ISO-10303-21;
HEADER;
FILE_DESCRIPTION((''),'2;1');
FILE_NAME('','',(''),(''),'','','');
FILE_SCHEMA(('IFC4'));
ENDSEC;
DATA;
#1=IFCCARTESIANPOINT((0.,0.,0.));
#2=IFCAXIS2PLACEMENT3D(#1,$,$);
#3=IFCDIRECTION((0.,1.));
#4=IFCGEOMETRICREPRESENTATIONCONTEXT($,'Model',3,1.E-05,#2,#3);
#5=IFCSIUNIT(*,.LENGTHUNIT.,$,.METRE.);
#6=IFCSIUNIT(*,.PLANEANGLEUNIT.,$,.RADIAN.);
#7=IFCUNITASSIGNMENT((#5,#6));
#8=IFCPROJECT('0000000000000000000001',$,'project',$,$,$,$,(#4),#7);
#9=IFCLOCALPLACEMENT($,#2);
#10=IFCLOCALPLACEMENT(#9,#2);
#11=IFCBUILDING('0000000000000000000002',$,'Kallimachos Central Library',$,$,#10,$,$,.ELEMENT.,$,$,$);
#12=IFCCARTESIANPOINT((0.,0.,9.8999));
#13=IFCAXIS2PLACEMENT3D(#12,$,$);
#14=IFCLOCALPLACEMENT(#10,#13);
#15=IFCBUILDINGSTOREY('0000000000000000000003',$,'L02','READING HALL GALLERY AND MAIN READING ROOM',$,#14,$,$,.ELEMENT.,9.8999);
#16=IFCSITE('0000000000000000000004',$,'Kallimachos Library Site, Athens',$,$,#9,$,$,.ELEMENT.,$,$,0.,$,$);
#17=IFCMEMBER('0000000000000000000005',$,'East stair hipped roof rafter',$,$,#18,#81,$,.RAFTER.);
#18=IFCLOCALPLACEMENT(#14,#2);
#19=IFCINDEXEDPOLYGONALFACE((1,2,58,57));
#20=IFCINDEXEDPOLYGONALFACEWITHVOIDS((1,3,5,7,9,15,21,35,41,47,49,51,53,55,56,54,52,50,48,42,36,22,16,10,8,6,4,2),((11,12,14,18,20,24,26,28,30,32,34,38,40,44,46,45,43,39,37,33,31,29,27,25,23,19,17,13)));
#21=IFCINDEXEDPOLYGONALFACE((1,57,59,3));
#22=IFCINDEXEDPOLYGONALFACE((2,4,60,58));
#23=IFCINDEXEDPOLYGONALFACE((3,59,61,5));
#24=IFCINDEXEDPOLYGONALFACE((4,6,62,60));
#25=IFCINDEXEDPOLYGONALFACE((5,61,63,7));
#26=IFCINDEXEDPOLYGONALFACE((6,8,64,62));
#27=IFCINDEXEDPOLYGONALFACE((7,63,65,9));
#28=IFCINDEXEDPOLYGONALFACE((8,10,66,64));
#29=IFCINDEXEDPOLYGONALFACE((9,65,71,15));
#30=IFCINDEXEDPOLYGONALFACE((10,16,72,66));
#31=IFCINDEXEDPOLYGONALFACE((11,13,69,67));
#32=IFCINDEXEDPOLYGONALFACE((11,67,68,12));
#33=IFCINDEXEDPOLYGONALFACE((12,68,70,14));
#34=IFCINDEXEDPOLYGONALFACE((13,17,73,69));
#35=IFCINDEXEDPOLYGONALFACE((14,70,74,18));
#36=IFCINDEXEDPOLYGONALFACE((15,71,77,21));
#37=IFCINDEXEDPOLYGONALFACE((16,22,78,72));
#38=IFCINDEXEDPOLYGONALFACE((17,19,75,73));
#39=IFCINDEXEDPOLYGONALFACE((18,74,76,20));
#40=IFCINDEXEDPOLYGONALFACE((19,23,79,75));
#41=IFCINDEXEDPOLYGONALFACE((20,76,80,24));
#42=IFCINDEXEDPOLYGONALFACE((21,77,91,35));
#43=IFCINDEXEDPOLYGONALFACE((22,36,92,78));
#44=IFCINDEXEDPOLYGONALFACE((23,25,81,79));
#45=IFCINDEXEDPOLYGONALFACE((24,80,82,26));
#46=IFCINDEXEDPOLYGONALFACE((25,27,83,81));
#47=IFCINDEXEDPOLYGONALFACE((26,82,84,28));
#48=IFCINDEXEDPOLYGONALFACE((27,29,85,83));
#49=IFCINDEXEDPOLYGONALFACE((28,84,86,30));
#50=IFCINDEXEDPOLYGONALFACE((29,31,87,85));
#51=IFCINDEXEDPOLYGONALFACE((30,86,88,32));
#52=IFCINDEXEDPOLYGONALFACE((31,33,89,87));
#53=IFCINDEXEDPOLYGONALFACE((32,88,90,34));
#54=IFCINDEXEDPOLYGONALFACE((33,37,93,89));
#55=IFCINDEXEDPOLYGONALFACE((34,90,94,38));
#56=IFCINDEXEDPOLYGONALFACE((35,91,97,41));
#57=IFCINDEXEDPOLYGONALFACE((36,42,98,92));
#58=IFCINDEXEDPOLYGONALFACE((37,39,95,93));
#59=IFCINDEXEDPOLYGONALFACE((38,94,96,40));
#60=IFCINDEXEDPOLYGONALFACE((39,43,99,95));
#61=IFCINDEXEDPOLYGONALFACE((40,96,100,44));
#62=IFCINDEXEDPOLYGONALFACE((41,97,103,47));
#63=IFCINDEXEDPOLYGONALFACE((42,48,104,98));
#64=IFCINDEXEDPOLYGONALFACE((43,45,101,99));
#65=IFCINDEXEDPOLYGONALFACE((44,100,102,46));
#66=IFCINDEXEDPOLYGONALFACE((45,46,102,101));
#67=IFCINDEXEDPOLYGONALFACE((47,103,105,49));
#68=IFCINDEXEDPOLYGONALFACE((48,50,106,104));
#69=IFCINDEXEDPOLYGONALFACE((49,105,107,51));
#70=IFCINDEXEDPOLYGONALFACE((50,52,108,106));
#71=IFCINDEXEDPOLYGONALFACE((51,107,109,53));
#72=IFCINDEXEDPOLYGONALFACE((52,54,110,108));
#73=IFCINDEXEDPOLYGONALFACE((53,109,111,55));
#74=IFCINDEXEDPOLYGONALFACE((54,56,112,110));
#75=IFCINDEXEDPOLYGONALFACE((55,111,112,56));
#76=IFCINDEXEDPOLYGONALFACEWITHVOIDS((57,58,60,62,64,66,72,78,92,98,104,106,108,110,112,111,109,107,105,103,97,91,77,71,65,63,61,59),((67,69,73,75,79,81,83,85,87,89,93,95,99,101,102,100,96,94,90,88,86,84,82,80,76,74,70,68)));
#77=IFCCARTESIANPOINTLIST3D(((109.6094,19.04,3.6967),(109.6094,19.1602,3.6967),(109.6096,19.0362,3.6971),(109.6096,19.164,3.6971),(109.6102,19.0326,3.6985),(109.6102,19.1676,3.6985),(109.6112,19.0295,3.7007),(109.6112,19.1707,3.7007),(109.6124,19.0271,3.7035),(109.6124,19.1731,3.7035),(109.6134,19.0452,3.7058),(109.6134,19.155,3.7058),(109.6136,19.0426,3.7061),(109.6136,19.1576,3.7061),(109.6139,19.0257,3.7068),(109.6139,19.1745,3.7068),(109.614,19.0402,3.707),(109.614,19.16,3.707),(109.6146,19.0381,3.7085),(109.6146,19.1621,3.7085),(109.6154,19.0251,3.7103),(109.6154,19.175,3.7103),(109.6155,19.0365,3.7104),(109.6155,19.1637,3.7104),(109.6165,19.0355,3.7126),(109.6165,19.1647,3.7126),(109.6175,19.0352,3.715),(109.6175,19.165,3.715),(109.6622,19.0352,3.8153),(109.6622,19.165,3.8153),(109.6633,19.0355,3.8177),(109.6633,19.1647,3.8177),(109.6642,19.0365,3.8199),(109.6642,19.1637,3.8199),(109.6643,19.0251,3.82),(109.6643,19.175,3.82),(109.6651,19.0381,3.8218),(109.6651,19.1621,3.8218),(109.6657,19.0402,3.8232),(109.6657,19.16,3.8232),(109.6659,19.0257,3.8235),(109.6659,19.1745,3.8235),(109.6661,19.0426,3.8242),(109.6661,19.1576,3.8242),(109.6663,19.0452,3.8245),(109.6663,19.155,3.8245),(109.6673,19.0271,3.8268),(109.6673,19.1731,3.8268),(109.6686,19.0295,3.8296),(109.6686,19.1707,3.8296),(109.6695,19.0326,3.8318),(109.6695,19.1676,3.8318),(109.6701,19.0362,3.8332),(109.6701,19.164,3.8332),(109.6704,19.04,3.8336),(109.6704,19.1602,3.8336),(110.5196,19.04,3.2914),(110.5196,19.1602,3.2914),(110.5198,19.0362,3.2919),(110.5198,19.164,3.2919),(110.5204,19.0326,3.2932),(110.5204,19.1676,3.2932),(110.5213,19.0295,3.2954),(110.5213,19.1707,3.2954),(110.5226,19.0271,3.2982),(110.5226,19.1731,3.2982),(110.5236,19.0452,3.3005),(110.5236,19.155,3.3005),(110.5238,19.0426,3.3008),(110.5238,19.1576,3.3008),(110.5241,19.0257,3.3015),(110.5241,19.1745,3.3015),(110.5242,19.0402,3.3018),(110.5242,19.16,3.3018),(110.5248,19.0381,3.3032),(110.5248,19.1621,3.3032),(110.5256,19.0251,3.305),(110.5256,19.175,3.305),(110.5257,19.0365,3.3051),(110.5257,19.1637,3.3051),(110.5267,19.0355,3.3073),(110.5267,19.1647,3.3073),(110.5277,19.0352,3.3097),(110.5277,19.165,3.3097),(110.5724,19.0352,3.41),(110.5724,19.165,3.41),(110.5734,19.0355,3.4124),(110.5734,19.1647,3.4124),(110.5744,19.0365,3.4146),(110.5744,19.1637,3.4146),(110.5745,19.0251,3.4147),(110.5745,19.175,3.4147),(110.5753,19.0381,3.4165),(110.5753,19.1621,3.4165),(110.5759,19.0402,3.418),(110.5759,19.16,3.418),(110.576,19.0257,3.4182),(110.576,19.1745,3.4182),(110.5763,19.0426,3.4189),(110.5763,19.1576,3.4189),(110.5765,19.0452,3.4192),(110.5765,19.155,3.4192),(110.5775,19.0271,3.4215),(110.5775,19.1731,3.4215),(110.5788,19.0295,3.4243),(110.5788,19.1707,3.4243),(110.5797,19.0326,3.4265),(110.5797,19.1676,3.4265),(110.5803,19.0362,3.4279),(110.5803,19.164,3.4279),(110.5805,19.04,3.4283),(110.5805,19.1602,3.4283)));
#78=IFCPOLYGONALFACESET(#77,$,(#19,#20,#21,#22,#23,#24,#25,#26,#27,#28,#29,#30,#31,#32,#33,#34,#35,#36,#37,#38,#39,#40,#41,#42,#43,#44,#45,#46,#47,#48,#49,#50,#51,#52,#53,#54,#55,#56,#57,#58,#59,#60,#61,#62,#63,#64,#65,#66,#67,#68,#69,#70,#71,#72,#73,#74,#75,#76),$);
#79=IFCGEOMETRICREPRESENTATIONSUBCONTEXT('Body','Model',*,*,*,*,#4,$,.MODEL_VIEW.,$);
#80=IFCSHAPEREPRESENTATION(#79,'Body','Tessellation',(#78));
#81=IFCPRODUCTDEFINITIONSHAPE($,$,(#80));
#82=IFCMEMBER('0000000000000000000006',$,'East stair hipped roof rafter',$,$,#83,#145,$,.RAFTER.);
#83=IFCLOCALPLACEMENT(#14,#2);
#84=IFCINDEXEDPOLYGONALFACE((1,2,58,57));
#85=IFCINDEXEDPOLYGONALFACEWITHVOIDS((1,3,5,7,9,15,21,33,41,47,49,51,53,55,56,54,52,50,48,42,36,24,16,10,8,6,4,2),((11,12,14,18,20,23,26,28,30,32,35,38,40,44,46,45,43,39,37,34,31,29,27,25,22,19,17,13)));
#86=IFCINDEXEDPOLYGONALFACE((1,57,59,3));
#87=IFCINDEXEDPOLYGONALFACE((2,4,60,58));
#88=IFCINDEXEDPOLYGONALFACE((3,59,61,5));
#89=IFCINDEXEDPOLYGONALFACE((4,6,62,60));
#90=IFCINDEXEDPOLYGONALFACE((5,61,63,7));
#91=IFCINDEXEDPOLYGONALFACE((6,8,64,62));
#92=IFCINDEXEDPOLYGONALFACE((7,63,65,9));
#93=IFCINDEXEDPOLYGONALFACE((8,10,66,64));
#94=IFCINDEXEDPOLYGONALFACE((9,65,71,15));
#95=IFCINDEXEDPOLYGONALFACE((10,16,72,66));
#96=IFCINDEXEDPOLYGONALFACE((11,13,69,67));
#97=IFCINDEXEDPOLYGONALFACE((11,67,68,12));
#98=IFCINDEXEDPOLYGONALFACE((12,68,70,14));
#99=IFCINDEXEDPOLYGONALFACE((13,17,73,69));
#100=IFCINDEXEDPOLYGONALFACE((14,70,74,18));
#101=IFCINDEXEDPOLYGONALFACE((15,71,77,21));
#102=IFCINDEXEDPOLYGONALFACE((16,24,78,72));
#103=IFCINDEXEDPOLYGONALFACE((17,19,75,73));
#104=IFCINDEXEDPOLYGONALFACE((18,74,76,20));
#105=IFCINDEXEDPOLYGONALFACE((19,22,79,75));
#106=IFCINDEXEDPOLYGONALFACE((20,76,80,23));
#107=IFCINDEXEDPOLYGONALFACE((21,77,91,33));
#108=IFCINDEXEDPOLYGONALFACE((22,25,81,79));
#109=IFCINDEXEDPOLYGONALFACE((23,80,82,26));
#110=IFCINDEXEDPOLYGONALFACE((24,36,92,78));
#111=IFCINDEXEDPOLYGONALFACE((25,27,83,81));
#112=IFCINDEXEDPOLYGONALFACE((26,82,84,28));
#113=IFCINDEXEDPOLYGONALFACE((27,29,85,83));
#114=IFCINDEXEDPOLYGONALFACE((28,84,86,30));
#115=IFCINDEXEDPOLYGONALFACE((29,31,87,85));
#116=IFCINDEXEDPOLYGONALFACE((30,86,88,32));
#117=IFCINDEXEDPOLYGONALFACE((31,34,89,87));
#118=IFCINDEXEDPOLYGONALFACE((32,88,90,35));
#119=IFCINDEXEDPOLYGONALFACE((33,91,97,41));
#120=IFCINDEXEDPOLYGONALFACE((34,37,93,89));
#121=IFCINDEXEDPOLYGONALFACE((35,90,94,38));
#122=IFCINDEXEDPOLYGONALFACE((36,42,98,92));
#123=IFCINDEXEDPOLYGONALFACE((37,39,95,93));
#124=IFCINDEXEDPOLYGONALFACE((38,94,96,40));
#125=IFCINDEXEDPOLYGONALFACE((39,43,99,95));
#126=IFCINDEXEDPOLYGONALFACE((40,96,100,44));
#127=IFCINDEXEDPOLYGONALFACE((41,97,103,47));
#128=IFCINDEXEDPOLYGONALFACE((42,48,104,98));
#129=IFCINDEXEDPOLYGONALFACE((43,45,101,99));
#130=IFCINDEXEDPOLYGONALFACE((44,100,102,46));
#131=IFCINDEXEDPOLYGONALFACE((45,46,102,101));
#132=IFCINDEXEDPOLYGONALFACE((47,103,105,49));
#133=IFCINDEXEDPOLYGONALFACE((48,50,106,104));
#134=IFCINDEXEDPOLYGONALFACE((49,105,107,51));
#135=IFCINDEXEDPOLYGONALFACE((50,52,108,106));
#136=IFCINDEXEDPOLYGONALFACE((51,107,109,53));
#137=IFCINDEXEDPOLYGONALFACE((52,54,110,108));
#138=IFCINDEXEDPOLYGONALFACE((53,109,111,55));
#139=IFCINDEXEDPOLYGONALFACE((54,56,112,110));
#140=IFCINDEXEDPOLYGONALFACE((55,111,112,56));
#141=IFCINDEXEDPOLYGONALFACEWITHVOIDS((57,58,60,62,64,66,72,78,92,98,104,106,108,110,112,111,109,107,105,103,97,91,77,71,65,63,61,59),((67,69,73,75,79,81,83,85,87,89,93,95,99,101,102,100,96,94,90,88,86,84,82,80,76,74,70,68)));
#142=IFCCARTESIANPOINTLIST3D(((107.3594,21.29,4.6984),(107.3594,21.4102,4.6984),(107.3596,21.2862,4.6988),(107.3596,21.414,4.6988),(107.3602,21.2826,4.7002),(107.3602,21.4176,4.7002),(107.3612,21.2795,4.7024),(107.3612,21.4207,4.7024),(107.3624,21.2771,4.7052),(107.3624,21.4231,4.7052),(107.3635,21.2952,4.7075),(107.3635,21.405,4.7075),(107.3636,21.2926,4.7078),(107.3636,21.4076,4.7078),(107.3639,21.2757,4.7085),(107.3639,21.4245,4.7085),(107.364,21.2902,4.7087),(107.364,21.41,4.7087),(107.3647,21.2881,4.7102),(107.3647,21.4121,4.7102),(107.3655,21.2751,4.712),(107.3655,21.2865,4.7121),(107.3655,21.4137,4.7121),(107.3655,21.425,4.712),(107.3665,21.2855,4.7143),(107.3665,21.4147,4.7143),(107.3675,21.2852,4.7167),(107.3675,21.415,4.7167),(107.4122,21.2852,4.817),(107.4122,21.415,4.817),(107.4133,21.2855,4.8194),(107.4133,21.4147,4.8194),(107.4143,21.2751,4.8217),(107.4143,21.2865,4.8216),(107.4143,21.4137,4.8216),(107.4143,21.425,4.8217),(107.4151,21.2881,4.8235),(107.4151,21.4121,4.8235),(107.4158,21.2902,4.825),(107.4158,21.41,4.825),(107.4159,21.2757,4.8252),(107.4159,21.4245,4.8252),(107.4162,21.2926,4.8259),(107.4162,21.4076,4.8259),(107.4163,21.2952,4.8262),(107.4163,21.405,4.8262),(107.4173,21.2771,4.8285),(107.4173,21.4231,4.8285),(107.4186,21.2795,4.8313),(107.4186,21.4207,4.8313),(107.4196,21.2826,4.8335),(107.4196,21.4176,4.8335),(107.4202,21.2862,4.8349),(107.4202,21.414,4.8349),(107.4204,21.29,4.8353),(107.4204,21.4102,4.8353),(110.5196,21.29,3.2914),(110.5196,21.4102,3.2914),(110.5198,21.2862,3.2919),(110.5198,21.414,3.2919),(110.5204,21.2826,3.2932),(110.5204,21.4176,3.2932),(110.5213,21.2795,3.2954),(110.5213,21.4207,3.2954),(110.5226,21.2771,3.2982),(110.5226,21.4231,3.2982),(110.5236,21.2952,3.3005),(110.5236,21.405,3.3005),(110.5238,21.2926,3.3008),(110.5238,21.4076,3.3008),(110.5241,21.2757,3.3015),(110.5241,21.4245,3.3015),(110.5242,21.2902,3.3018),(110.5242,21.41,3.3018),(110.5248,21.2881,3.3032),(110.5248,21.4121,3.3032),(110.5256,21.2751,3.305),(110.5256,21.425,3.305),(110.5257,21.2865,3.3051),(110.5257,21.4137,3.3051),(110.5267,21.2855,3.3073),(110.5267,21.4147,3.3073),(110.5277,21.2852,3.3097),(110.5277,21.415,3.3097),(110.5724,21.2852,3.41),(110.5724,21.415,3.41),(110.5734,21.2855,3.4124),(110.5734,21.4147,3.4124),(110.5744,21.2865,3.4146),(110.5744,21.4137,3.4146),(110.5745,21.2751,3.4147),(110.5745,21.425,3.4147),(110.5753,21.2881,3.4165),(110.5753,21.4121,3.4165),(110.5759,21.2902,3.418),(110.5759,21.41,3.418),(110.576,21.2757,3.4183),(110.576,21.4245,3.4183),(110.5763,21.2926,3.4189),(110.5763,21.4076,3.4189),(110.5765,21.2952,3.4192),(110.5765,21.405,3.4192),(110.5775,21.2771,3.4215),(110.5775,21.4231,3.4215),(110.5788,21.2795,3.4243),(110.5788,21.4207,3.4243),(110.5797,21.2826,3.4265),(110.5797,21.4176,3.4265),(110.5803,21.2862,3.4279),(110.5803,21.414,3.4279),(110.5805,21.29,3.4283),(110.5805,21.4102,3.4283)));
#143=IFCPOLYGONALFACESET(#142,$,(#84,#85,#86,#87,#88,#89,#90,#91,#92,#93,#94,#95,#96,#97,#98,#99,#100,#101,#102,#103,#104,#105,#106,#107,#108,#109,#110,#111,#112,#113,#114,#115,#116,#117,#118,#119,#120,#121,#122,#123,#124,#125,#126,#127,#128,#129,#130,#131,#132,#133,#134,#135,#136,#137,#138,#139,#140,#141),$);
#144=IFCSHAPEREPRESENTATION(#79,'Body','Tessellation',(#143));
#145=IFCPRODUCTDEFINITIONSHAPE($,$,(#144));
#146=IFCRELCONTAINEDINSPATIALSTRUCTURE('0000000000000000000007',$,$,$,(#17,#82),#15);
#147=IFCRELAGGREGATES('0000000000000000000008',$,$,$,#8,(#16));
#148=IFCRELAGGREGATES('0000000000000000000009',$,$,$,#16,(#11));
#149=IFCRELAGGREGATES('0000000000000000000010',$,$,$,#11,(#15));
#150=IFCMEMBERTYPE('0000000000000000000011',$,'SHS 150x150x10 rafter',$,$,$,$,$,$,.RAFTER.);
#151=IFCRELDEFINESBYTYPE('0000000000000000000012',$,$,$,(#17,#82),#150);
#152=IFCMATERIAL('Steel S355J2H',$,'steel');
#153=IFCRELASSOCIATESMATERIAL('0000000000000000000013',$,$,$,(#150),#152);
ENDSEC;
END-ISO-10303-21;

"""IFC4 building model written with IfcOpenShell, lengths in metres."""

from ifc_helpers import new_model, si_unit, direction, frame, origin, origin_2d, place, context, subcontext, project, spatial, hollow_rectangle, extrude, material, material_profile, profile_set, type_object, element, save


model = new_model("IFC4")

# Units and contexts
model_context = context("Model", 3, precision=1e-05, world=origin(), true_north=direction((0.0, 1.0)))
body_context = subcontext(model_context, "Body", "Model", "MODEL_VIEW")
ifc_project = project(units=[si_unit("LENGTHUNIT", "METRE"), si_unit("PLANEANGLEUNIT", "RADIAN")], contexts=[model_context])

# Site, building, storey
site_placement = place(None, origin())
site = spatial("IfcSite", under=ifc_project, at=site_placement, Name="Kallimachos Library Site, Athens", CompositionType="ELEMENT", RefElevation=0.0)
building_placement = place(site_placement, origin())
building = spatial("IfcBuilding", under=site, at=building_placement, Name="Kallimachos Central Library", CompositionType="ELEMENT")
storey_placement = place(building_placement, frame((0.0, 0.0, 9.8999)))
storey = spatial("IfcBuildingStorey", under=building, at=storey_placement, Name="L02", Description="READING HALL GALLERY AND MAIN READING ROOM", CompositionType="ELEMENT", Elevation=9.8999)

# Members
ifc_material_1 = material(Name="Steel S355J2H", Category="steel")
ifc_material_profile_1 = material_profile(ifc_material_1, hollow_rectangle(XDim=0.1499, YDim=0.1499, WallThickness=0.01, InnerFilletRadius=0.01, OuterFilletRadius=0.0149, at=origin_2d()), Name="SHS 150x150x10")
ifc_profile_set_1 = profile_set([ifc_material_profile_1], Name="Steel S355J2H")
member_type_1 = type_object("IfcMemberType", Name="SHS 150x150x10 rafter", PredefinedType="RAFTER", material=ifc_profile_set_1)
member_1_placement = place(storey_placement, frame((110.55, 19.1001, 3.3599), z_axis=(-0.913528, 0.0, 0.406775), x_axis=(0.0, -1.0, 0.0)))
element("IfcMember", 1, at=member_1_placement, inside=storey, type_object=member_type_1, Name="East stair hipped roof rafter", PredefinedType="RAFTER", context=body_context, shape_type="SweptSolid", body=[
    extrude(hollow_rectangle(XDim=0.1499, YDim=0.1499, WallThickness=0.01, InnerFilletRadius=0.01, OuterFilletRadius=0.0149, at=origin_2d()), origin(), (0.0, 0.0, 1.0), 0.9963),
])
member_2_placement = place(storey_placement, frame((110.55, 21.3501, 3.3599), z_axis=(-0.913547, 0.0, 0.406734), x_axis=(0.0, -1.0, 0.0)))
element("IfcMember", 2, at=member_2_placement, inside=storey, type_object=member_type_1, Name="East stair hipped roof rafter", PredefinedType="RAFTER", context=body_context, shape_type="SweptSolid", body=[
    extrude(hollow_rectangle(XDim=0.1499, YDim=0.1499, WallThickness=0.01, InnerFilletRadius=0.01, OuterFilletRadius=0.0149, at=origin_2d()), origin(), (0.0, 0.0, 1.0), 3.4592),
])

save(model, "model.ifc")
